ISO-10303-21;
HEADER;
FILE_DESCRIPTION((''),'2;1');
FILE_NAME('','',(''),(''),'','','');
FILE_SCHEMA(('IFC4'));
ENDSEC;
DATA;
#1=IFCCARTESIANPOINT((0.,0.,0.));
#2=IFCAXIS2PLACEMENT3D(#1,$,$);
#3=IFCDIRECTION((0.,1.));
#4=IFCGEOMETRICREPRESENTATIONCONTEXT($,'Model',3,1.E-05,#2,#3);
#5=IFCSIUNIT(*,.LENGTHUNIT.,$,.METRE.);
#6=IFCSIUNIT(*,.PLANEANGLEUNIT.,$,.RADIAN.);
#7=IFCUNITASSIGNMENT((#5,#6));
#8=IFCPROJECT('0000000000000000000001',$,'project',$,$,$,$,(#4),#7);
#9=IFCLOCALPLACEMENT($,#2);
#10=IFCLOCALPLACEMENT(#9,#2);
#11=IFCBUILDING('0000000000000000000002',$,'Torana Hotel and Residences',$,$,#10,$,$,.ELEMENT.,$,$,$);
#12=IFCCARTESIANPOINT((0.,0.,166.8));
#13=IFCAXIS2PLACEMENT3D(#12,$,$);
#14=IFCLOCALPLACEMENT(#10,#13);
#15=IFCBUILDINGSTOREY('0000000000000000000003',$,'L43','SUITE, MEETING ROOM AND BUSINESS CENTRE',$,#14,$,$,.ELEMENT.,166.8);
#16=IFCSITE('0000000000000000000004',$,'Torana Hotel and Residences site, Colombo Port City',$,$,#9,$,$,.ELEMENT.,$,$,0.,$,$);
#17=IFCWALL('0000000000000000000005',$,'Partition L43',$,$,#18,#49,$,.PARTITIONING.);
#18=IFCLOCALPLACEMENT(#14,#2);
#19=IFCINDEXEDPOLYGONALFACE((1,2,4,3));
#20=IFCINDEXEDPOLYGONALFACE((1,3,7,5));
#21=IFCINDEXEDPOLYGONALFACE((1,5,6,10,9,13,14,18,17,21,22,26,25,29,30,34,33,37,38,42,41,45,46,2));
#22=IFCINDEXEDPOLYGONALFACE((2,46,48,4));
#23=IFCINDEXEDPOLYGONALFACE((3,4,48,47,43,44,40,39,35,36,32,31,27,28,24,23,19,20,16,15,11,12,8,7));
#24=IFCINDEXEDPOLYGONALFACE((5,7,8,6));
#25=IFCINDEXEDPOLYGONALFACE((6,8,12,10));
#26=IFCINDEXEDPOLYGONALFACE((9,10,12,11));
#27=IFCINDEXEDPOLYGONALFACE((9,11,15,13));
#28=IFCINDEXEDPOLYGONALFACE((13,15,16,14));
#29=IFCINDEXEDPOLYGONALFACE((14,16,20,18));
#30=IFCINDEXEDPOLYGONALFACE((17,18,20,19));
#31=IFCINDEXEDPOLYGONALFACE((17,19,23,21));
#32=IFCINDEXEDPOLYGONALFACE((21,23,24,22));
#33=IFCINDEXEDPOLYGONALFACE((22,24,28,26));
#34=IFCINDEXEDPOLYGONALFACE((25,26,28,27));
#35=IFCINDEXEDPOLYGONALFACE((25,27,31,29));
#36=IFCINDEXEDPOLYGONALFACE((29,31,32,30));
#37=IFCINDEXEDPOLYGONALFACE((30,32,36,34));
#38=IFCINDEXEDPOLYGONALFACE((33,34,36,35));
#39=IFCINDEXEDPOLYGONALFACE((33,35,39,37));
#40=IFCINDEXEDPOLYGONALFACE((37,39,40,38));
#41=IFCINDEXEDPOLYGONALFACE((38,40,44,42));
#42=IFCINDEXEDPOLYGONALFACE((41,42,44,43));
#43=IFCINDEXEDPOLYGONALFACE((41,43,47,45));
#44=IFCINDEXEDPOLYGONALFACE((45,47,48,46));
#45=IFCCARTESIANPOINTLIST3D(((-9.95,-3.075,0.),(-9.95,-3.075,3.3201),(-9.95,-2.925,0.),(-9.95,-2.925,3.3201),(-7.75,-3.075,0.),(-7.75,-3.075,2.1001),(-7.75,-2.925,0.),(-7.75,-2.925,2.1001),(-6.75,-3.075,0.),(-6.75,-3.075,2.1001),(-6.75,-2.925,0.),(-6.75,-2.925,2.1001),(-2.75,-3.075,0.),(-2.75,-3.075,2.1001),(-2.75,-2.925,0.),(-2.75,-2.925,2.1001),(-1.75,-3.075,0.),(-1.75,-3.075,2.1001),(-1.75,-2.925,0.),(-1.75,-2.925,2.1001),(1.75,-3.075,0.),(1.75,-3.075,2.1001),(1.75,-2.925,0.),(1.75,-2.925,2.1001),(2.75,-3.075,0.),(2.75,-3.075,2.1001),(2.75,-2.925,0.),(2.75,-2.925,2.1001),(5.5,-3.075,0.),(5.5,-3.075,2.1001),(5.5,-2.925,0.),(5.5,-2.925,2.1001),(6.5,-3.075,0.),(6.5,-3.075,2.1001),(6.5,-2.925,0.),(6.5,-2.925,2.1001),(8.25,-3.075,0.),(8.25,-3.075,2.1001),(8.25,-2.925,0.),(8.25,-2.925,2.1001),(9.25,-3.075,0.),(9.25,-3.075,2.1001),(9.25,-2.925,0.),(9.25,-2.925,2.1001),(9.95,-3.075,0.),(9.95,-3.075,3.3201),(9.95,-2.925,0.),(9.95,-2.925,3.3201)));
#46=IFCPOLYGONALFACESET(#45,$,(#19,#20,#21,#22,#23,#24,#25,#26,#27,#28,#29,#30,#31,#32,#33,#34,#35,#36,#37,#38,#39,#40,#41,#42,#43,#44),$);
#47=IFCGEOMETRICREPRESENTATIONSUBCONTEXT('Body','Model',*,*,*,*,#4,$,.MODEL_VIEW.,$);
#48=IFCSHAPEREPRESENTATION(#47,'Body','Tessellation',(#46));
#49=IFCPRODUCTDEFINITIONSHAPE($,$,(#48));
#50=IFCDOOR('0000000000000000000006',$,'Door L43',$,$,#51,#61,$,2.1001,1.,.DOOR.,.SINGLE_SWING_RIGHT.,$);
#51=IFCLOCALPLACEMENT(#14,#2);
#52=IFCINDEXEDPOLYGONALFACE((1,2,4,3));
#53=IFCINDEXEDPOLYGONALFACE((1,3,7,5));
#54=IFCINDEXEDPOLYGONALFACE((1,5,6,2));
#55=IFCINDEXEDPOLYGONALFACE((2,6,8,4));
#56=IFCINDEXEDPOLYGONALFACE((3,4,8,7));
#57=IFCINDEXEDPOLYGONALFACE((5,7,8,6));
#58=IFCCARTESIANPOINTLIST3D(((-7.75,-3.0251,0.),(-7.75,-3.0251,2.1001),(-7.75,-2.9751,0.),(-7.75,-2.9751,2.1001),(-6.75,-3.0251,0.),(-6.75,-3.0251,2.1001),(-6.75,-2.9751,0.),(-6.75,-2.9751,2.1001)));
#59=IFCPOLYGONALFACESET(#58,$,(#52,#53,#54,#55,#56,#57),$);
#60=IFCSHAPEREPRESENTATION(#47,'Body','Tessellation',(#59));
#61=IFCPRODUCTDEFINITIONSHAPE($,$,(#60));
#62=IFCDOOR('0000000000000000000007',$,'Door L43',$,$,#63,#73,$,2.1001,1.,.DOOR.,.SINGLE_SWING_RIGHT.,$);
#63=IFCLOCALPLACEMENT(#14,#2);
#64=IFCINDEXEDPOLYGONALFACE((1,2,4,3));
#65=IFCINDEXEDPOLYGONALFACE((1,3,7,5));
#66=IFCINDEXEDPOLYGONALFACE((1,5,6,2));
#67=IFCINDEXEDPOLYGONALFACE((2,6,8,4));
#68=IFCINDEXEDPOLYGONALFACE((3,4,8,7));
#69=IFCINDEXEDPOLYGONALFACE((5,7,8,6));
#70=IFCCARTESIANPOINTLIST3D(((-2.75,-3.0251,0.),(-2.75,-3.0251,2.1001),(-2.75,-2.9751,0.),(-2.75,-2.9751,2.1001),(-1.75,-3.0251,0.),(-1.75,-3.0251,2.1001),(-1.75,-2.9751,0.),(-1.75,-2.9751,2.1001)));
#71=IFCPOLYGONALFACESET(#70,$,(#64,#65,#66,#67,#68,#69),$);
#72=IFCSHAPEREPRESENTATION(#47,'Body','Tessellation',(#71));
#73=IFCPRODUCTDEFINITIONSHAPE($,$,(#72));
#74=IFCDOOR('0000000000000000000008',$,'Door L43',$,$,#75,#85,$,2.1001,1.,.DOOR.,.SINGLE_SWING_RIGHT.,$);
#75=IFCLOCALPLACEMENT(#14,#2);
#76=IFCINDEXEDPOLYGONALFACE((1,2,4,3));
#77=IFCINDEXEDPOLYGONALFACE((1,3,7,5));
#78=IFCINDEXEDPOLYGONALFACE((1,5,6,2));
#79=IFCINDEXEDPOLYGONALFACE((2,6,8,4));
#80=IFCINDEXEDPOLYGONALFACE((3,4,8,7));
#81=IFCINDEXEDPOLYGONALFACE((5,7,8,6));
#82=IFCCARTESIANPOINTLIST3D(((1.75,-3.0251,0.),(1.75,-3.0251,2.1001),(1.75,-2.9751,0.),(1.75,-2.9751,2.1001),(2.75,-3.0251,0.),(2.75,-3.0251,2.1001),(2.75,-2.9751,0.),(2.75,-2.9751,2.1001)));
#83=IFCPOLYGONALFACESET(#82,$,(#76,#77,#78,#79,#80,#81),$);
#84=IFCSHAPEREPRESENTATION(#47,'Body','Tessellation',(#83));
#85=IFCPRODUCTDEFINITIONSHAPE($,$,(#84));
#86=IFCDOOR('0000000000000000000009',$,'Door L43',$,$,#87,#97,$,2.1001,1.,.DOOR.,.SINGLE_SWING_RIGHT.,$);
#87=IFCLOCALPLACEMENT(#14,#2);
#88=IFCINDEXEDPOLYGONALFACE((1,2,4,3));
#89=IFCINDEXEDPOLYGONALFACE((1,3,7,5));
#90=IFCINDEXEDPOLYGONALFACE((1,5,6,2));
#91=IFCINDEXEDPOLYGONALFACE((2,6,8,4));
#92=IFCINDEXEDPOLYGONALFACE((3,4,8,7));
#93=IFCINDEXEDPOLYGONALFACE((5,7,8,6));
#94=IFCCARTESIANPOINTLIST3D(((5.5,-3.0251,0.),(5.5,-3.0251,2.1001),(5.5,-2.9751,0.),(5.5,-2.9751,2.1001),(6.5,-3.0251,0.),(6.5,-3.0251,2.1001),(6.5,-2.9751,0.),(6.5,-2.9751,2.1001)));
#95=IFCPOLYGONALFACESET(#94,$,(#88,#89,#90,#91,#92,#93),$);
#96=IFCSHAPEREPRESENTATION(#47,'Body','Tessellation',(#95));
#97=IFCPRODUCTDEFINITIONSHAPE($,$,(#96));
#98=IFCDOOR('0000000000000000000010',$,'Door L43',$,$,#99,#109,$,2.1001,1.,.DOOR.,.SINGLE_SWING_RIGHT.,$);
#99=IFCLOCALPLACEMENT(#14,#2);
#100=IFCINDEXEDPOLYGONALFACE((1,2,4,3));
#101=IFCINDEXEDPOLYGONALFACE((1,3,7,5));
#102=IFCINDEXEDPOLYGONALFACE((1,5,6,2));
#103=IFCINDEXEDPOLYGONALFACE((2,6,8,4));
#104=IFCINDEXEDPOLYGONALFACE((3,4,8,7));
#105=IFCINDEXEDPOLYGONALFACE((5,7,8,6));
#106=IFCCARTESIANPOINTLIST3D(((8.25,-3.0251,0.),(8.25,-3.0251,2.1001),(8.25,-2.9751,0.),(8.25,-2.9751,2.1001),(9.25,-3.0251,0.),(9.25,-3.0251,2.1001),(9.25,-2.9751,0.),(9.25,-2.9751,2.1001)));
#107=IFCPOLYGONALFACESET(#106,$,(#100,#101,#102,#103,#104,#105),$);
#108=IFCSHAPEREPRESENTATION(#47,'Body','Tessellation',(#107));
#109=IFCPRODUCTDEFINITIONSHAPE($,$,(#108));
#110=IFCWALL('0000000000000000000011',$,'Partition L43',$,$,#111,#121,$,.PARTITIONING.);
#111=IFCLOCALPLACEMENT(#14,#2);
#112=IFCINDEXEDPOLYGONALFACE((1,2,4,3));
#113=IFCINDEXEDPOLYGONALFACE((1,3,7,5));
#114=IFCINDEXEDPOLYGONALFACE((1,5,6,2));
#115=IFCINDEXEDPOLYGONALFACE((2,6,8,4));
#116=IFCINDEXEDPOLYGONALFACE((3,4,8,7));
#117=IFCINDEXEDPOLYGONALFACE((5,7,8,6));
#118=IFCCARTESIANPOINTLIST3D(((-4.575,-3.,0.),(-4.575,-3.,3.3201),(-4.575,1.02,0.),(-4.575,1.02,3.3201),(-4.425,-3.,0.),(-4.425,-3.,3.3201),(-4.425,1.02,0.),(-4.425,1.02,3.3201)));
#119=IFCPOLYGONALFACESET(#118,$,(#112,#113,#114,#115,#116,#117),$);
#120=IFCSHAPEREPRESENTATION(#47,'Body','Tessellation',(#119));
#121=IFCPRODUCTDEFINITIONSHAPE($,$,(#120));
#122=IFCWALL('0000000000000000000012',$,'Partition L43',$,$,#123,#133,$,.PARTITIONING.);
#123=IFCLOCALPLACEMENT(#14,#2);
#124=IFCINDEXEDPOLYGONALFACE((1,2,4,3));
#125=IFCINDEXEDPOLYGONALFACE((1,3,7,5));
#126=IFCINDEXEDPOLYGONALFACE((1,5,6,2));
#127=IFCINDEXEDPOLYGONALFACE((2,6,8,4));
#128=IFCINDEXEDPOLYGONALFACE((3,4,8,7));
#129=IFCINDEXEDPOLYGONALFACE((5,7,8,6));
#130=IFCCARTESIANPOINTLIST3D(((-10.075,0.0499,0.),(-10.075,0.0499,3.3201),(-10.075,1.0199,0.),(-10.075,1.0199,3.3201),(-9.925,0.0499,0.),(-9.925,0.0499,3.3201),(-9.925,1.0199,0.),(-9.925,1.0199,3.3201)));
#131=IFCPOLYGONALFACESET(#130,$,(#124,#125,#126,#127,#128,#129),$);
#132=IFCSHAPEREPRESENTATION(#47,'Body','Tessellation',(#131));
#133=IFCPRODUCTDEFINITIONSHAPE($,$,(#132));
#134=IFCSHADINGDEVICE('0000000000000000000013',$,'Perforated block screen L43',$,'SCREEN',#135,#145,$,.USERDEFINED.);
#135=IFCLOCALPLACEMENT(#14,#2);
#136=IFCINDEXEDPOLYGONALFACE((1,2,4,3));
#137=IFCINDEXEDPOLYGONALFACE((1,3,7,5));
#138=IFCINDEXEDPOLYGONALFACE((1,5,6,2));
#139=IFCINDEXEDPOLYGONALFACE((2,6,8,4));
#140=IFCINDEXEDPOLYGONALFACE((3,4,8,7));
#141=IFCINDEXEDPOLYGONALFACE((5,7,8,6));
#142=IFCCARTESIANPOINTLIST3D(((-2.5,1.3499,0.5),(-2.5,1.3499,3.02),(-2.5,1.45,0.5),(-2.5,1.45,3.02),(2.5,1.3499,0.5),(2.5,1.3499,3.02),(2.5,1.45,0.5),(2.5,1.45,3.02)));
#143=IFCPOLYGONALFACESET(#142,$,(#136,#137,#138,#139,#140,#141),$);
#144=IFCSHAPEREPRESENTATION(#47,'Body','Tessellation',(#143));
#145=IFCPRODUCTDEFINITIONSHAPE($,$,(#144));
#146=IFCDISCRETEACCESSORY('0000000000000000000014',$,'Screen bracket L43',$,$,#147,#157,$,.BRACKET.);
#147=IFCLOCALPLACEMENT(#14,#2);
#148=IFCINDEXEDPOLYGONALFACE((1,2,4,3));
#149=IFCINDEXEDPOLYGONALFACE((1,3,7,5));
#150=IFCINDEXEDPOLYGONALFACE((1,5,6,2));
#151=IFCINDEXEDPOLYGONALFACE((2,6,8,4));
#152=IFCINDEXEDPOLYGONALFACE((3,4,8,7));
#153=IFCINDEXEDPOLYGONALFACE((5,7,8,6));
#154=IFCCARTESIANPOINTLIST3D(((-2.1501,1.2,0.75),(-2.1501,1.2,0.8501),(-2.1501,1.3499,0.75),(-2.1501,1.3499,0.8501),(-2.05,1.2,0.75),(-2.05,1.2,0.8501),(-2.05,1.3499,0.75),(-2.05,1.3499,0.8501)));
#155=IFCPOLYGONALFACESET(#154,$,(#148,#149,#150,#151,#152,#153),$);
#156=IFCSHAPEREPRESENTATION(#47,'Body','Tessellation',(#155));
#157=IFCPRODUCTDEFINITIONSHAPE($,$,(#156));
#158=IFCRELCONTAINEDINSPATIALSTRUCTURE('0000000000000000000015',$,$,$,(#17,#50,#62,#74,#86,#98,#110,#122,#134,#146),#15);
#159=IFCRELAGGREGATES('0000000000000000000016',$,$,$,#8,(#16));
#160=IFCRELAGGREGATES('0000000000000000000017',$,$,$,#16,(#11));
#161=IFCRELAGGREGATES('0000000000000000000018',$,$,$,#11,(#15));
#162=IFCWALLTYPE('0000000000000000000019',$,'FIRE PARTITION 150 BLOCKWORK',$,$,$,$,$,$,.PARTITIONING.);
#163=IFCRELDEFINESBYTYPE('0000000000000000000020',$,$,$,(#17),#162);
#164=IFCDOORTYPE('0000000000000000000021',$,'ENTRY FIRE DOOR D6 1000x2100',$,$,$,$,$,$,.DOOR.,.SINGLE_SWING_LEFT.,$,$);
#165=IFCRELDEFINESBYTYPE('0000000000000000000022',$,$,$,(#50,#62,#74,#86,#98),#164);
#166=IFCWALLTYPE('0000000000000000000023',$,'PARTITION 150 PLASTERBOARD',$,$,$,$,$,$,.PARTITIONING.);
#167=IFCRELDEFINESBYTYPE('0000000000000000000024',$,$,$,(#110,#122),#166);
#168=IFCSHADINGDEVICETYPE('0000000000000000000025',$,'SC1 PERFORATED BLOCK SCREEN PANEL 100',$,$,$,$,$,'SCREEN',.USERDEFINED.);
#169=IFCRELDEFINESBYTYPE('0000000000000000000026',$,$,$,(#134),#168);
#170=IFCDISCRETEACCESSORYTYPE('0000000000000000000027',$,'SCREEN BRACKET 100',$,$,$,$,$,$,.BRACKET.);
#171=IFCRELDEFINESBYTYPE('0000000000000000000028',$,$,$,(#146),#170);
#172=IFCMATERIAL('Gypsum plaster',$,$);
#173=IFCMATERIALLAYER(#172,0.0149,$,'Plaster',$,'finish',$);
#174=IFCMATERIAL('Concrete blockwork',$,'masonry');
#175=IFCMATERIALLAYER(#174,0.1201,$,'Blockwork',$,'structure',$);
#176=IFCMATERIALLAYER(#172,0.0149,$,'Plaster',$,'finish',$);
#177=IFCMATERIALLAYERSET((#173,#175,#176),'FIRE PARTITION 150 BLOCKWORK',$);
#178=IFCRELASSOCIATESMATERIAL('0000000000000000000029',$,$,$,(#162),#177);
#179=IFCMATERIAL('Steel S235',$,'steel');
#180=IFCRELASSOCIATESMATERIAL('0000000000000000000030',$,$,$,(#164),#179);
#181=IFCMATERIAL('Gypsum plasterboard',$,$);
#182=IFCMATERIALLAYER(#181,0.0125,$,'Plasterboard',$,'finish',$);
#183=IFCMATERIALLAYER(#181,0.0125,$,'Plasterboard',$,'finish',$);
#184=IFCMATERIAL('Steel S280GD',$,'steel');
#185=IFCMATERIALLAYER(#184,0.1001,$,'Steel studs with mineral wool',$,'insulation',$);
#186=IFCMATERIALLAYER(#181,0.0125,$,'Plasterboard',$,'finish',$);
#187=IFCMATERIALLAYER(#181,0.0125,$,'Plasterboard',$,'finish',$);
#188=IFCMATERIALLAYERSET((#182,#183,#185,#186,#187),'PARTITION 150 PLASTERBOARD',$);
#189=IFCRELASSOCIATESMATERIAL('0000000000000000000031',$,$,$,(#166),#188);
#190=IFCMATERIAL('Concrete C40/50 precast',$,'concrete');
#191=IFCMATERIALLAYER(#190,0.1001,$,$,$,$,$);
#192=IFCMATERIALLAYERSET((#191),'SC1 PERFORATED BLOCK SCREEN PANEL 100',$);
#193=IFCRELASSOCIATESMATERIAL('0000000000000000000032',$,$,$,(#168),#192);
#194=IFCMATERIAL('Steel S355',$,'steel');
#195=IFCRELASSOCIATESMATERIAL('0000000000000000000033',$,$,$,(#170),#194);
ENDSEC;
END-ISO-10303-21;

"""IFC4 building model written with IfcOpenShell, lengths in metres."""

from ifc_helpers import new_model, si_unit, direction, frame, frame_2d, origin, origin_2d, place, context, subcontext, project, spatial, rectangle, extrude, material, layer, layer_set, type_object, element, fill, save


model = new_model("IFC4")

# Units and contexts
model_context = context("Model", 3, precision=1e-05, world=origin(), true_north=direction((0.0, 1.0)))
body_context = subcontext(model_context, "Body", "Model", "MODEL_VIEW")
ifc_project = project(units=[si_unit("LENGTHUNIT", "METRE"), si_unit("PLANEANGLEUNIT", "RADIAN")], contexts=[model_context])

# Site, building, storey
site_placement = place(None, origin())
site = spatial("IfcSite", under=ifc_project, at=site_placement, Name="Torana Hotel and Residences site, Colombo Port City", CompositionType="ELEMENT", RefElevation=0.0)
building_placement = place(site_placement, origin())
building = spatial("IfcBuilding", under=site, at=building_placement, Name="Torana Hotel and Residences", CompositionType="ELEMENT")
storey_placement = place(building_placement, frame((0.0, 0.0, 166.8)))
storey = spatial("IfcBuildingStorey", under=building, at=storey_placement, Name="L43", Description="SUITE, MEETING ROOM AND BUSINESS CENTRE", CompositionType="ELEMENT", Elevation=166.8)

# Shared definitions
ifc_material_1 = material(Name="Gypsum plaster")
ifc_layer_1 = layer(ifc_material_1, 0.0149, Name="Plaster", Category="finish")
ifc_material_2 = material(Name="Concrete blockwork", Category="masonry")
ifc_layer_2 = layer(ifc_material_2, 0.1201, Name="Blockwork", Category="structure")
ifc_layer_3 = layer(ifc_material_1, 0.0149, Name="Plaster", Category="finish")
ifc_layer_set_1 = layer_set([ifc_layer_1, ifc_layer_2, ifc_layer_3], Name="FIRE PARTITION 150 BLOCKWORK")
wall_type_1 = type_object("IfcWallType", Name="FIRE PARTITION 150 BLOCKWORK", PredefinedType="PARTITIONING", material=ifc_layer_set_1)

# Wall, openings, doors
wall_1_placement = place(storey_placement, frame((-9.95, -3.0, 0.0), z_axis=(0.0, 0.0, 1.0), x_axis=(1.0, 0.0, 0.0)))
wall_1 = element("IfcWall", 1, at=wall_1_placement, inside=storey, type_object=wall_type_1, Name="Partition L43", PredefinedType="PARTITIONING", context=body_context, shape_type="SweptSolid", body=[
    extrude(rectangle(XDim=19.8999, YDim=0.1499, at=frame_2d((9.95, 0.0))), origin(), (0.0, 0.0, 1.0), 3.3201),
])
opening_1_placement = place(wall_1_placement, frame((2.2, 0.0, 0.0)))
opening_1 = element("IfcOpeningElement", 2, at=opening_1_placement, cuts=wall_1, PredefinedType="OPENING", context=body_context, shape_type="SweptSolid", body=[
    extrude(rectangle(XDim=1.0, YDim=2.1001, at=frame_2d((0.5, 1.05))), frame((0.0, 0.085, 0.0), z_axis=(0.0, -1.0, 0.0), x_axis=(1.0, 0.0, 0.0)), (0.0, 0.0, 1.0), 0.1699),
])
opening_2_placement = place(wall_1_placement, frame((7.2, 0.0, 0.0)))
opening_2 = element("IfcOpeningElement", 3, at=opening_2_placement, cuts=wall_1, PredefinedType="OPENING", context=body_context, shape_type="SweptSolid", body=[
    extrude(rectangle(XDim=1.0, YDim=2.1001, at=frame_2d((0.5, 1.05))), frame((0.0, 0.085, 0.0), z_axis=(0.0, -1.0, 0.0), x_axis=(1.0, 0.0, 0.0)), (0.0, 0.0, 1.0), 0.1699),
])
opening_3_placement = place(wall_1_placement, frame((11.7, 0.0, 0.0)))
opening_3 = element("IfcOpeningElement", 4, at=opening_3_placement, cuts=wall_1, PredefinedType="OPENING", context=body_context, shape_type="SweptSolid", body=[
    extrude(rectangle(XDim=1.0, YDim=2.1001, at=frame_2d((0.5, 1.05))), frame((0.0, 0.085, 0.0), z_axis=(0.0, -1.0, 0.0), x_axis=(1.0, 0.0, 0.0)), (0.0, 0.0, 1.0), 0.1699),
])
opening_4_placement = place(wall_1_placement, frame((15.45, 0.0, 0.0)))
opening_4 = element("IfcOpeningElement", 5, at=opening_4_placement, cuts=wall_1, PredefinedType="OPENING", context=body_context, shape_type="SweptSolid", body=[
    extrude(rectangle(XDim=1.0, YDim=2.1001, at=frame_2d((0.5, 1.05))), frame((0.0, 0.085, 0.0), z_axis=(0.0, -1.0, 0.0), x_axis=(1.0, 0.0, 0.0)), (0.0, 0.0, 1.0), 0.1699),
])
opening_5_placement = place(wall_1_placement, frame((18.2, 0.0, 0.0)))
opening_5 = element("IfcOpeningElement", 6, at=opening_5_placement, cuts=wall_1, PredefinedType="OPENING", context=body_context, shape_type="SweptSolid", body=[
    extrude(rectangle(XDim=1.0, YDim=2.1001, at=frame_2d((0.5, 1.05))), frame((0.0, 0.085, 0.0), z_axis=(0.0, -1.0, 0.0), x_axis=(1.0, 0.0, 0.0)), (0.0, 0.0, 1.0), 0.1699),
])
ifc_material_3 = material(Name="Steel S235", Category="steel")
door_type = type_object("IfcDoorType", Name="ENTRY FIRE DOOR D6 1000x2100", OperationType="SINGLE_SWING_LEFT", PredefinedType="DOOR", material=ifc_material_3)
door_1_placement = place(opening_1_placement, origin())
door_1 = element("IfcDoor", 7, at=door_1_placement, inside=storey, type_object=door_type, Name="Door L43", OperationType="SINGLE_SWING_RIGHT", OverallHeight=2.1001, OverallWidth=1.0, PredefinedType="DOOR", context=body_context, shape_type="SweptSolid", body=[
    extrude(rectangle(XDim=1.0, YDim=2.1001, at=frame_2d((0.5, 1.05))), frame((0.0, 0.0249, 0.0), z_axis=(0.0, -1.0, 0.0), x_axis=(1.0, 0.0, 0.0)), (0.0, 0.0, 1.0), 0.05),
])
fill(opening_1, door_1)
door_2_placement = place(opening_2_placement, origin())
door_2 = element("IfcDoor", 8, at=door_2_placement, inside=storey, type_object=door_type, Name="Door L43", OperationType="SINGLE_SWING_RIGHT", OverallHeight=2.1001, OverallWidth=1.0, PredefinedType="DOOR", context=body_context, shape_type="SweptSolid", body=[
    extrude(rectangle(XDim=1.0, YDim=2.1001, at=frame_2d((0.5, 1.05))), frame((0.0, 0.0249, 0.0), z_axis=(0.0, -1.0, 0.0), x_axis=(1.0, 0.0, 0.0)), (0.0, 0.0, 1.0), 0.05),
])
fill(opening_2, door_2)
door_3_placement = place(opening_3_placement, origin())
door_3 = element("IfcDoor", 9, at=door_3_placement, inside=storey, type_object=door_type, Name="Door L43", OperationType="SINGLE_SWING_RIGHT", OverallHeight=2.1001, OverallWidth=1.0, PredefinedType="DOOR", context=body_context, shape_type="SweptSolid", body=[
    extrude(rectangle(XDim=1.0, YDim=2.1001, at=frame_2d((0.5, 1.05))), frame((0.0, 0.0249, 0.0), z_axis=(0.0, -1.0, 0.0), x_axis=(1.0, 0.0, 0.0)), (0.0, 0.0, 1.0), 0.05),
])
fill(opening_3, door_3)
door_4_placement = place(opening_4_placement, origin())
door_4 = element("IfcDoor", 10, at=door_4_placement, inside=storey, type_object=door_type, Name="Door L43", OperationType="SINGLE_SWING_RIGHT", OverallHeight=2.1001, OverallWidth=1.0, PredefinedType="DOOR", context=body_context, shape_type="SweptSolid", body=[
    extrude(rectangle(XDim=1.0, YDim=2.1001, at=frame_2d((0.5, 1.05))), frame((0.0, 0.0249, 0.0), z_axis=(0.0, -1.0, 0.0), x_axis=(1.0, 0.0, 0.0)), (0.0, 0.0, 1.0), 0.05),
])
fill(opening_4, door_4)
door_5_placement = place(opening_5_placement, origin())
door_5 = element("IfcDoor", 11, at=door_5_placement, inside=storey, type_object=door_type, Name="Door L43", OperationType="SINGLE_SWING_RIGHT", OverallHeight=2.1001, OverallWidth=1.0, PredefinedType="DOOR", context=body_context, shape_type="SweptSolid", body=[
    extrude(rectangle(XDim=1.0, YDim=2.1001, at=frame_2d((0.5, 1.05))), frame((0.0, 0.0249, 0.0), z_axis=(0.0, -1.0, 0.0), x_axis=(1.0, 0.0, 0.0)), (0.0, 0.0, 1.0), 0.05),
])
fill(opening_5, door_5)

# Walls
ifc_material_4 = material(Name="Gypsum plasterboard")
ifc_layer_4 = layer(ifc_material_4, 0.0125, Name="Plasterboard", Category="finish")
ifc_layer_5 = layer(ifc_material_4, 0.0125, Name="Plasterboard", Category="finish")
ifc_material_5 = material(Name="Steel S280GD", Category="steel")
ifc_layer_6 = layer(ifc_material_5, 0.1001, Name="Steel studs with mineral wool", Category="insulation")
ifc_layer_7 = layer(ifc_material_4, 0.0125, Name="Plasterboard", Category="finish")
ifc_layer_8 = layer(ifc_material_4, 0.0125, Name="Plasterboard", Category="finish")
ifc_layer_set_2 = layer_set([ifc_layer_4, ifc_layer_5, ifc_layer_6, ifc_layer_7, ifc_layer_8], Name="PARTITION 150 PLASTERBOARD")
wall_type_2 = type_object("IfcWallType", Name="PARTITION 150 PLASTERBOARD", PredefinedType="PARTITIONING", material=ifc_layer_set_2)
wall_2_placement = place(storey_placement, frame((-4.5, -3.0, 0.0), z_axis=(0.0, 0.0, 1.0), x_axis=(0.0, 1.0, 0.0)))
element("IfcWall", 12, at=wall_2_placement, inside=storey, type_object=wall_type_2, Name="Partition L43", PredefinedType="PARTITIONING", context=body_context, shape_type="SweptSolid", body=[
    extrude(rectangle(XDim=4.02, YDim=0.1499, at=frame_2d((2.01, 0.0))), origin(), (0.0, 0.0, 1.0), 3.3201),
])
wall_3_placement = place(storey_placement, frame((-10.0, 0.05, 0.0), z_axis=(0.0, 0.0, 1.0), x_axis=(0.0, 1.0, 0.0)))
element("IfcWall", 13, at=wall_3_placement, inside=storey, type_object=wall_type_2, Name="Partition L43", PredefinedType="PARTITIONING", context=body_context, shape_type="SweptSolid", body=[
    extrude(rectangle(XDim=0.97, YDim=0.1499, at=frame_2d((0.4849, 0.0))), origin(), (0.0, 0.0, 1.0), 3.3201),
])

# Shading device
ifc_material_6 = material(Name="Concrete C40/50 precast", Category="concrete")
ifc_layer_9 = layer(ifc_material_6, 0.1001)
ifc_layer_set_3 = layer_set([ifc_layer_9], Name="SC1 PERFORATED BLOCK SCREEN PANEL 100")
shading_device_type = type_object("IfcShadingDeviceType", Name="SC1 PERFORATED BLOCK SCREEN PANEL 100", ElementType="SCREEN", PredefinedType="USERDEFINED", material=ifc_layer_set_3)
shading_device_placement = place(storey_placement, frame((0.0, 1.3999, 0.5), z_axis=(0.0, 0.0, 1.0), x_axis=(-1.0, 0.0, 0.0)))
element("IfcShadingDevice", 14, at=shading_device_placement, inside=storey, type_object=shading_device_type, Name="Perforated block screen L43", ObjectType="SCREEN", PredefinedType="USERDEFINED", context=body_context, shape_type="SweptSolid", body=[
    extrude(rectangle(XDim=5.0, YDim=0.1001, at=origin_2d()), origin(), (0.0, 0.0, 1.0), 2.52),
])

# Discrete accessory
ifc_material_7 = material(Name="Steel S355", Category="steel")
discrete_accessory_type = type_object("IfcDiscreteAccessoryType", Name="SCREEN BRACKET 100", PredefinedType="BRACKET", material=ifc_material_7)
for number, where, z_axis, x_axis, name in (
    (15, (-2.1001, 1.2749, 0.75), (0.0, 0.0, 1.0), (-1.0, 0.0, 0.0), "Screen bracket L43"),
):
    element("IfcDiscreteAccessory", number, at=place(storey_placement, frame(where, z_axis=z_axis, x_axis=x_axis)), inside=storey, type_object=discrete_accessory_type, Name=name, PredefinedType="BRACKET", context=body_context, shape_type="SweptSolid", body=[
        extrude(rectangle(XDim=0.1001, YDim=0.1499, at=origin_2d()), origin(), (0.0, 0.0, 1.0), 0.1001),
    ])

save(model, "model.ifc")
